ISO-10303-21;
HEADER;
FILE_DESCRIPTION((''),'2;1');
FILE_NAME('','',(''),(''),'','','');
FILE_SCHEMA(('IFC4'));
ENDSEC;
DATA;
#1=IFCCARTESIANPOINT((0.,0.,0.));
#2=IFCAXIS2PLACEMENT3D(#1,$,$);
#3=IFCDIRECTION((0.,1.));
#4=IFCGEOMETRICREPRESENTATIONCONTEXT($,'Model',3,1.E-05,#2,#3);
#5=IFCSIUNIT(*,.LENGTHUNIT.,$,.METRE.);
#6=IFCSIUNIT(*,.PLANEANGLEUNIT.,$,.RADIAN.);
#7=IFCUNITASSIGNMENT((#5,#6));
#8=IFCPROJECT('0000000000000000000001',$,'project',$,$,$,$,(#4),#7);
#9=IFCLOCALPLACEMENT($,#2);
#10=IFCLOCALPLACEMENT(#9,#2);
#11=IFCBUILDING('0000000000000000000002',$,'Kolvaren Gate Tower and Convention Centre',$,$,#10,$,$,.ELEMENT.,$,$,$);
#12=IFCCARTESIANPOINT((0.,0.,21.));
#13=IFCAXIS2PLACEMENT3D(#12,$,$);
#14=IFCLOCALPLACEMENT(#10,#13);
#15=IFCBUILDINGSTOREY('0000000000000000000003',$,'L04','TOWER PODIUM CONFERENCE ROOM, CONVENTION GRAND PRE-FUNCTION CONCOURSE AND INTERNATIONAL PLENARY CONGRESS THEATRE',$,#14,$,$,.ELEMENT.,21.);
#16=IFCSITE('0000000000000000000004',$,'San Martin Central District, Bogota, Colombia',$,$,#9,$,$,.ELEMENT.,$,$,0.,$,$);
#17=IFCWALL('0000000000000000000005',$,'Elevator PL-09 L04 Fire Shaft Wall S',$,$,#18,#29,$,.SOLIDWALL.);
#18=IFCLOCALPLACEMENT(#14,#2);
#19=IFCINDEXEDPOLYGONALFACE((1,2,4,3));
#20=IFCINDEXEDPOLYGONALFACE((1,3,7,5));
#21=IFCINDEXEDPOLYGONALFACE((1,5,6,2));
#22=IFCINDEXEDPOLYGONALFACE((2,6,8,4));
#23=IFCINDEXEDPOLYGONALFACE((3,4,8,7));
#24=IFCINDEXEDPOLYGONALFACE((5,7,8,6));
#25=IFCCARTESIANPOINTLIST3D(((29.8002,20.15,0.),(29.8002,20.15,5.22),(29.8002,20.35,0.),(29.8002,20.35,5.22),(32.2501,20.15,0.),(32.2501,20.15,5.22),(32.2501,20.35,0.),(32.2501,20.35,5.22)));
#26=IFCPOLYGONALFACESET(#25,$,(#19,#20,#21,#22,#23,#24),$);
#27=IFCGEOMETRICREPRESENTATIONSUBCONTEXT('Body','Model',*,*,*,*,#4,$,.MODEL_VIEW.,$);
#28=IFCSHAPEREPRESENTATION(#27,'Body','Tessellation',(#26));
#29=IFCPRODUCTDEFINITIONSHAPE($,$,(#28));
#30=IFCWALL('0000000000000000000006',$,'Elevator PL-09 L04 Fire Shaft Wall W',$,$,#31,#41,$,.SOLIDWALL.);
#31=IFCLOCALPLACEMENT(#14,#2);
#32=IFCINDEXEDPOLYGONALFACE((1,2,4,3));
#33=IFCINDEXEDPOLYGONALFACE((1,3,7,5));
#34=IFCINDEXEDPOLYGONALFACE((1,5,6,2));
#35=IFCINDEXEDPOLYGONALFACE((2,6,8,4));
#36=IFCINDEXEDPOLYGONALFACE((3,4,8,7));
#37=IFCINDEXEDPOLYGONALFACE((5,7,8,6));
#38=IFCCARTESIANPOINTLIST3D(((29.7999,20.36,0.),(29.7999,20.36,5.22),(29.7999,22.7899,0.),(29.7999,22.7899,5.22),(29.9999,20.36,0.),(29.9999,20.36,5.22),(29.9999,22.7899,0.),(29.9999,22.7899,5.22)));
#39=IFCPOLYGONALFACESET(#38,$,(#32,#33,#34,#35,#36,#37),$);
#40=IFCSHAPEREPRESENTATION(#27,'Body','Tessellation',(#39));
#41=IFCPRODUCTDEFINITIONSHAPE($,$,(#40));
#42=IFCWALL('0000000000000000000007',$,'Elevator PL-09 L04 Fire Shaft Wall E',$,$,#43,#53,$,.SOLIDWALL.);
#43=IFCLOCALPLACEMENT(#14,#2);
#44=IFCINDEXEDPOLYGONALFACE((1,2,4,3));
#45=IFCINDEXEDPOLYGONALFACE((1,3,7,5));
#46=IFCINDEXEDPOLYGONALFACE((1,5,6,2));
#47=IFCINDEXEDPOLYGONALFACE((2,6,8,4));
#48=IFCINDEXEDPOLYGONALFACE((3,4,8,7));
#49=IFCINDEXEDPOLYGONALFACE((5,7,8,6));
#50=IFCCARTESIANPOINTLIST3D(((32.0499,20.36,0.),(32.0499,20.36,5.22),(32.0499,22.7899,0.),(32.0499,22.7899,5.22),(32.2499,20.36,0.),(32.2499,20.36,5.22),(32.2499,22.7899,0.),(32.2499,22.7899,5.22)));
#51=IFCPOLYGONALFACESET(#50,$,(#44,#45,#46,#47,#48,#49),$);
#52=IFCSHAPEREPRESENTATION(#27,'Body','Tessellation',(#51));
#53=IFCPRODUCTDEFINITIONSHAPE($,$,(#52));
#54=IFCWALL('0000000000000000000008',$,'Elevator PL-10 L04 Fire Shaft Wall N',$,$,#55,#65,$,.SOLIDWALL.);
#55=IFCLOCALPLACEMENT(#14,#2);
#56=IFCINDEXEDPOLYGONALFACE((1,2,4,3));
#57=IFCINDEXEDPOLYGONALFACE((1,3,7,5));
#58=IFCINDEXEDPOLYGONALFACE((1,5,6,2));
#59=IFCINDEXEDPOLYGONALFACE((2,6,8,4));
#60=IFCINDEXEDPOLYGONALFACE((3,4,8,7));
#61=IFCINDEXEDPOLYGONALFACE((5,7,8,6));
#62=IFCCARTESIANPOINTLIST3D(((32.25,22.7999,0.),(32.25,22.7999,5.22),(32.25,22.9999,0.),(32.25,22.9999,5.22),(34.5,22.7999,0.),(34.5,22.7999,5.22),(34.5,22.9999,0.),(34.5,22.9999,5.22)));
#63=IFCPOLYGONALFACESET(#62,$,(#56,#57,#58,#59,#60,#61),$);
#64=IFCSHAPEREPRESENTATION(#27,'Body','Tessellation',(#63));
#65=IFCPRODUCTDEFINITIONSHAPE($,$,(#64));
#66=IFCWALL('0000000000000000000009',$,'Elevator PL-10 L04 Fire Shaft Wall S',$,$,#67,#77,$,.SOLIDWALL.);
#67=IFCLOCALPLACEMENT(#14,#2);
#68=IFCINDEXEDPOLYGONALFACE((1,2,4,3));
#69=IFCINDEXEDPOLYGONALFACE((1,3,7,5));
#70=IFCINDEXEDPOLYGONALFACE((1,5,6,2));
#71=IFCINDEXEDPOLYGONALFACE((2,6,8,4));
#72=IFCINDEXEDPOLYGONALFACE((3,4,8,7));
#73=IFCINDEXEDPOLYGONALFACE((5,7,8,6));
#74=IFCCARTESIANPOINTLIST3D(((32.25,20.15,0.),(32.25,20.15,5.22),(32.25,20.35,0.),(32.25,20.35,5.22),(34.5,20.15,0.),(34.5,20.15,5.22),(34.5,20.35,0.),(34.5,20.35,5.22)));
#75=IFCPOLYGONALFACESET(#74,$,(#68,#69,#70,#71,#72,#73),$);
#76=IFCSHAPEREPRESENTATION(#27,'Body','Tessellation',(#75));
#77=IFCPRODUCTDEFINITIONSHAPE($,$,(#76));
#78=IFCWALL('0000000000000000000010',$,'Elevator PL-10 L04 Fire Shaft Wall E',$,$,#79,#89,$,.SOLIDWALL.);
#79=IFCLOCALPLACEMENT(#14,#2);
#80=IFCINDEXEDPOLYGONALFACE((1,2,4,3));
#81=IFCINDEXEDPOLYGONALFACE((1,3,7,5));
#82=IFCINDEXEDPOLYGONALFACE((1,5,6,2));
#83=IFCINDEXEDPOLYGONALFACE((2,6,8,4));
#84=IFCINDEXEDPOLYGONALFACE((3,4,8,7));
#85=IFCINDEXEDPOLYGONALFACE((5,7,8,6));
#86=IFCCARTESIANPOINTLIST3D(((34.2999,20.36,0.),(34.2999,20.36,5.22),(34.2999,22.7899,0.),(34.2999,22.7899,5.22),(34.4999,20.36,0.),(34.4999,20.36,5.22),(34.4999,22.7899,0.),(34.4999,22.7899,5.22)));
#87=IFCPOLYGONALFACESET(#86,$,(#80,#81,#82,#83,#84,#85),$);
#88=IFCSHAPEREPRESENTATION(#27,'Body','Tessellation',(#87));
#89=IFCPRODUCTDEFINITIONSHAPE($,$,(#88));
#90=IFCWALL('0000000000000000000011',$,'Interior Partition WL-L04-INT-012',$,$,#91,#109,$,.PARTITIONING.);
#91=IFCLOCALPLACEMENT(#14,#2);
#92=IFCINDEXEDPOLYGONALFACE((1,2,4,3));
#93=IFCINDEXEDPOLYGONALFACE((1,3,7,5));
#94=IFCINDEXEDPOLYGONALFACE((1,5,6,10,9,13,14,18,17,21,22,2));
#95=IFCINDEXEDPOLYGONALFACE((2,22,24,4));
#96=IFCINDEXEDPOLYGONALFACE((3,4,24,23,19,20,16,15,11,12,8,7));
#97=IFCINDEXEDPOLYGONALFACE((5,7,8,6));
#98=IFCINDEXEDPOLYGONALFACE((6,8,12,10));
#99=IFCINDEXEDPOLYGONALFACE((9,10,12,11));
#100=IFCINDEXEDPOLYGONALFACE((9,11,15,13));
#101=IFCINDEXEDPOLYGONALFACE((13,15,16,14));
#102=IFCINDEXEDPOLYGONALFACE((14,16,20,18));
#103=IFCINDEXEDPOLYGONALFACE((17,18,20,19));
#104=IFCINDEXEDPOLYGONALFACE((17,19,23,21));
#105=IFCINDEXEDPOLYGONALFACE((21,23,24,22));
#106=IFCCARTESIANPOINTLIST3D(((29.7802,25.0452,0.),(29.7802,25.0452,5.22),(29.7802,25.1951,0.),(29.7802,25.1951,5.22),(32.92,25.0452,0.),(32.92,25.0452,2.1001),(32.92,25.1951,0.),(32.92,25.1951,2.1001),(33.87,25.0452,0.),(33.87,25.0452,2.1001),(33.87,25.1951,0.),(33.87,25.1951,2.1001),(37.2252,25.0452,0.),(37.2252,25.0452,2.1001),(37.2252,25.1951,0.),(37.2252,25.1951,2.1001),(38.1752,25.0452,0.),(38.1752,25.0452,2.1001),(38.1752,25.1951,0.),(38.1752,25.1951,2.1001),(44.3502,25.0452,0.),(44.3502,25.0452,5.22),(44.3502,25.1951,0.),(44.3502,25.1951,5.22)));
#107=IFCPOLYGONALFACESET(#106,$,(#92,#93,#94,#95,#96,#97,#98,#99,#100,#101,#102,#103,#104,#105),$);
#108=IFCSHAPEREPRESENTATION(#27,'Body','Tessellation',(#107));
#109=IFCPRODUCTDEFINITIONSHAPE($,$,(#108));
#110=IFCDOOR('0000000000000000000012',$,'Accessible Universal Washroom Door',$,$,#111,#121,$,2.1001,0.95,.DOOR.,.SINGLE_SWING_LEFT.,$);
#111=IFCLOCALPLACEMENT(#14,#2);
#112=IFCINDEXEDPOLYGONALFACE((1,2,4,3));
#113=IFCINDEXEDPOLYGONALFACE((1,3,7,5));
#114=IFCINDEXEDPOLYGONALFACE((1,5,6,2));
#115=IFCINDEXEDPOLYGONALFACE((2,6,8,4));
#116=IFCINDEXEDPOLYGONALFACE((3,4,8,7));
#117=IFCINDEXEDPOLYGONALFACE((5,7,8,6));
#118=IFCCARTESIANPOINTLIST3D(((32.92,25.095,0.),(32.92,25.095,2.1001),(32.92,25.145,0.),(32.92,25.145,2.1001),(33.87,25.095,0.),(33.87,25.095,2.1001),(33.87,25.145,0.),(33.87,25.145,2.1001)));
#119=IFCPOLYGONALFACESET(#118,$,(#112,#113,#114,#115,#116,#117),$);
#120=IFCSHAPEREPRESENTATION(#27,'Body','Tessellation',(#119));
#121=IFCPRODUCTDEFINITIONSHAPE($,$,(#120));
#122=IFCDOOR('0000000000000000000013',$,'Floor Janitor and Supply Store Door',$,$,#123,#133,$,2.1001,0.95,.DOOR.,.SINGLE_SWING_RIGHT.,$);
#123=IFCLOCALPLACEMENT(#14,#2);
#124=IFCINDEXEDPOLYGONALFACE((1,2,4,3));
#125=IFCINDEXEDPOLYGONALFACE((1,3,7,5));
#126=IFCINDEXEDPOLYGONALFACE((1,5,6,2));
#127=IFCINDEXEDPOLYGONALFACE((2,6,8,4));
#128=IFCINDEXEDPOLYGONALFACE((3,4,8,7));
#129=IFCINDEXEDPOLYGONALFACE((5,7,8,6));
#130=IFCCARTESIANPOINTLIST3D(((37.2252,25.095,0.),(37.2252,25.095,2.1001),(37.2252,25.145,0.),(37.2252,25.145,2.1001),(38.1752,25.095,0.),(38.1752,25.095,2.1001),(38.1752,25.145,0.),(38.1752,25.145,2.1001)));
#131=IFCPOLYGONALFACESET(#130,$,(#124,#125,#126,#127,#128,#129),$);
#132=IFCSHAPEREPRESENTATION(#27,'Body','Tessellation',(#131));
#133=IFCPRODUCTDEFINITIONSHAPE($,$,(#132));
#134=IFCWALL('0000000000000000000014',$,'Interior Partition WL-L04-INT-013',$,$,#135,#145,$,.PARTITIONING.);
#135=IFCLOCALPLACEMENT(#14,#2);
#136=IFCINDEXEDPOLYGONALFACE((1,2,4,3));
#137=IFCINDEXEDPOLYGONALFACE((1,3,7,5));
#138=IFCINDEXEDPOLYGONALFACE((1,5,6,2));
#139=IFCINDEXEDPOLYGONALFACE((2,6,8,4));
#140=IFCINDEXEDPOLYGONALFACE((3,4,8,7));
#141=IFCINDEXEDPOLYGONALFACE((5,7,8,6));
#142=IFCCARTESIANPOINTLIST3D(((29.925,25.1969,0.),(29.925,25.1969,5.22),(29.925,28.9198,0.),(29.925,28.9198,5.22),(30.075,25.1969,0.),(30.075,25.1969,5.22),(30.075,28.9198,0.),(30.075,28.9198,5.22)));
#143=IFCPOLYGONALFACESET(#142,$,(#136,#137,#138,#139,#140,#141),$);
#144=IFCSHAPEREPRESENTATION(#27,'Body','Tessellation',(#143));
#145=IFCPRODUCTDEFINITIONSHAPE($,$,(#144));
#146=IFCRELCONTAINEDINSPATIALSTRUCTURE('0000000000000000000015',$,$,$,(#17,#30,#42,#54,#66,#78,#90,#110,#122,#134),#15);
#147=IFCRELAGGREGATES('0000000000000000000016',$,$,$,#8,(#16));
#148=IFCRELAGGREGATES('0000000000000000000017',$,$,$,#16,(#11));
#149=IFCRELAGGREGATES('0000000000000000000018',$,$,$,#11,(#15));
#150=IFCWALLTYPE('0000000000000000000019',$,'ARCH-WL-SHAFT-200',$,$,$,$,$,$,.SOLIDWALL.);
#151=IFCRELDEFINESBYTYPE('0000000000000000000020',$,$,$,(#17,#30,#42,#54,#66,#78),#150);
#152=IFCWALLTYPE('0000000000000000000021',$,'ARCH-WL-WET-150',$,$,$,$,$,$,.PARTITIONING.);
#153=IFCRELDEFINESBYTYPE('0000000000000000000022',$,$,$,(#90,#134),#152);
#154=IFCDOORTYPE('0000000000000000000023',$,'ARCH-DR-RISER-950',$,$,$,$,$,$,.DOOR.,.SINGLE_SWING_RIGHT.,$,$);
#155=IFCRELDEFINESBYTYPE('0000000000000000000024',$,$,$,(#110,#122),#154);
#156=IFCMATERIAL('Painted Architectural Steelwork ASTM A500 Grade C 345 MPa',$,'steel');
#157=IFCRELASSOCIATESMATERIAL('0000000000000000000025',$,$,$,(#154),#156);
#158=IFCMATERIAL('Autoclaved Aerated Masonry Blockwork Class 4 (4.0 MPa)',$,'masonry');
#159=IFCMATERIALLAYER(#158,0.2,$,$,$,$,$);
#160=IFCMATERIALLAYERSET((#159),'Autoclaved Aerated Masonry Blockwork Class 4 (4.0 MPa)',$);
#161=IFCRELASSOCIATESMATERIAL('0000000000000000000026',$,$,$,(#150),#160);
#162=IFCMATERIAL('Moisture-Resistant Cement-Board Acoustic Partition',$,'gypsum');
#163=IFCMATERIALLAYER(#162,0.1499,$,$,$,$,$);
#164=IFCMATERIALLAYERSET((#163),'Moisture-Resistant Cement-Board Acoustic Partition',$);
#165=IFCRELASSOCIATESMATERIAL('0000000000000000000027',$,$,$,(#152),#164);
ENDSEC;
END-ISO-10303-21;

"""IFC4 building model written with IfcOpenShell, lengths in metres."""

from ifc_helpers import new_model, si_unit, direction, frame, frame_2d, origin, place, context, subcontext, project, spatial, rectangle, extrude, material, layer, layer_set, type_object, element, fill, save


model = new_model("IFC4")

# Units and contexts
model_context = context("Model", 3, precision=1e-05, world=origin(), true_north=direction((0.0, 1.0)))
body_context = subcontext(model_context, "Body", "Model", "MODEL_VIEW")
ifc_project = project(units=[si_unit("LENGTHUNIT", "METRE"), si_unit("PLANEANGLEUNIT", "RADIAN")], contexts=[model_context])

# Site, building, storey
site_placement = place(None, origin())
site = spatial("IfcSite", under=ifc_project, at=site_placement, Name="San Martin Central District, Bogota, Colombia", CompositionType="ELEMENT", RefElevation=0.0)
building_placement = place(site_placement, origin())
building = spatial("IfcBuilding", under=site, at=building_placement, Name="Kolvaren Gate Tower and Convention Centre", CompositionType="ELEMENT")
storey_placement = place(building_placement, frame((0.0, 0.0, 21.0)))
storey = spatial("IfcBuildingStorey", under=building, at=storey_placement, Name="L04", Description="TOWER PODIUM CONFERENCE ROOM, CONVENTION GRAND PRE-FUNCTION CONCOURSE AND INTERNATIONAL PLENARY CONGRESS THEATRE", CompositionType="ELEMENT", Elevation=21.0)

# Shared definitions
ifc_material_1 = material(Name="Autoclaved Aerated Masonry Blockwork Class 4 (4.0 MPa)", Category="masonry")
ifc_material_2 = material(Name="Painted Architectural Steelwork ASTM A500 Grade C 345 MPa", Category="steel")
door_type_1 = type_object("IfcDoorType", Name="ARCH-DR-RISER-950", OperationType="SINGLE_SWING_RIGHT", PredefinedType="DOOR", material=ifc_material_2)

# Walls
ifc_layer_1 = layer(ifc_material_1, 0.2)
ifc_layer_set_1 = layer_set([ifc_layer_1], Name="Autoclaved Aerated Masonry Blockwork Class 4 (4.0 MPa)")
wall_type_1 = type_object("IfcWallType", Name="ARCH-WL-SHAFT-200", PredefinedType="SOLIDWALL", material=ifc_layer_set_1)
for number, where, z_axis, x_axis, name in (
    (1, (29.8, 20.25, 0.0), (0.0, 0.0, 1.0), (1.0, 0.0, 0.0), "Elevator PL-09 L04 Fire Shaft Wall S"),
):
    element("IfcWall", number, at=place(storey_placement, frame(where, z_axis=z_axis, x_axis=x_axis)), inside=storey, type_object=wall_type_1, Name=name, PredefinedType="SOLIDWALL", context=body_context, shape_type="SweptSolid", body=[
        extrude(rectangle(XDim=2.45, YDim=0.2, at=frame_2d((1.2251, 0.0))), origin(), (0.0, 0.0, 1.0), 5.22),
    ])
for number, where, z_axis, x_axis, name in (
    (2, (29.8999, 20.3601, 0.0), (0.0, 0.0, 1.0), (0.0, 1.0, 0.0), "Elevator PL-09 L04 Fire Shaft Wall W"),
    (3, (32.1499, 20.3601, 0.0), (0.0, 0.0, 1.0), (0.0, 1.0, 0.0), "Elevator PL-09 L04 Fire Shaft Wall E"),
):
    element("IfcWall", number, at=place(storey_placement, frame(where, z_axis=z_axis, x_axis=x_axis)), inside=storey, type_object=wall_type_1, Name=name, PredefinedType="SOLIDWALL", context=body_context, shape_type="SweptSolid", body=[
        extrude(rectangle(XDim=2.4299, YDim=0.2, at=frame_2d((1.2148, 0.0))), origin(), (0.0, 0.0, 1.0), 5.22),
    ])
for number, where, z_axis, x_axis, name in (
    (4, (32.25, 22.8999, 0.0), (0.0, 0.0, 1.0), (1.0, 0.0, 0.0), "Elevator PL-10 L04 Fire Shaft Wall N"),
    (5, (32.25, 20.25, 0.0), (0.0, 0.0, 1.0), (1.0, 0.0, 0.0), "Elevator PL-10 L04 Fire Shaft Wall S"),
):
    element("IfcWall", number, at=place(storey_placement, frame(where, z_axis=z_axis, x_axis=x_axis)), inside=storey, type_object=wall_type_1, Name=name, PredefinedType="SOLIDWALL", context=body_context, shape_type="SweptSolid", body=[
        extrude(rectangle(XDim=2.25, YDim=0.2, at=frame_2d((1.125, 0.0))), origin(), (0.0, 0.0, 1.0), 5.22),
    ])
wall_1_placement = place(storey_placement, frame((34.3999, 20.3601, 0.0), z_axis=(0.0, 0.0, 1.0), x_axis=(0.0, 1.0, 0.0)))
element("IfcWall", 6, at=wall_1_placement, inside=storey, type_object=wall_type_1, Name="Elevator PL-10 L04 Fire Shaft Wall E", PredefinedType="SOLIDWALL", context=body_context, shape_type="SweptSolid", body=[
    extrude(rectangle(XDim=2.4299, YDim=0.2, at=frame_2d((1.2148, 0.0))), origin(), (0.0, 0.0, 1.0), 5.22),
])

# Wall, openings, doors
ifc_material_3 = material(Name="Moisture-Resistant Cement-Board Acoustic Partition", Category="gypsum")
ifc_layer_2 = layer(ifc_material_3, 0.1499)
ifc_layer_set_2 = layer_set([ifc_layer_2], Name="Moisture-Resistant Cement-Board Acoustic Partition")
wall_type_2 = type_object("IfcWallType", Name="ARCH-WL-WET-150", PredefinedType="PARTITIONING", material=ifc_layer_set_2)
wall_2_placement = place(storey_placement, frame((29.78, 25.1201, 0.0), z_axis=(0.0, 0.0, 1.0), x_axis=(1.0, 0.0, 0.0)))
wall_2 = element("IfcWall", 7, at=wall_2_placement, inside=storey, type_object=wall_type_2, Name="Interior Partition WL-L04-INT-012", PredefinedType="PARTITIONING", context=body_context, shape_type="SweptSolid", body=[
    extrude(rectangle(XDim=14.5701, YDim=0.1499, at=frame_2d((7.2852, 0.0))), origin(), (0.0, 0.0, 1.0), 5.22),
])
opening_1_placement = place(wall_2_placement, frame((3.1399, 0.0, 0.0)))
opening_1 = element("IfcOpeningElement", 8, at=opening_1_placement, cuts=wall_2, PredefinedType="OPENING", context=body_context, shape_type="SweptSolid", body=[
    extrude(rectangle(XDim=0.95, YDim=2.1001, at=frame_2d((0.4751, 1.05))), frame((0.0, 0.085, 0.0), z_axis=(0.0, -1.0, 0.0), x_axis=(1.0, 0.0, 0.0)), (0.0, 0.0, 1.0), 0.1699),
])
opening_2_placement = place(wall_2_placement, frame((7.4451, 0.0, 0.0)))
opening_2 = element("IfcOpeningElement", 9, at=opening_2_placement, cuts=wall_2, PredefinedType="OPENING", context=body_context, shape_type="SweptSolid", body=[
    extrude(rectangle(XDim=0.95, YDim=2.1001, at=frame_2d((0.4751, 1.05))), frame((0.0, 0.085, 0.0), z_axis=(0.0, -1.0, 0.0), x_axis=(1.0, 0.0, 0.0)), (0.0, 0.0, 1.0), 0.1699),
])
door_1_placement = place(opening_1_placement, origin())
door_1 = element("IfcDoor", 10, at=door_1_placement, inside=storey, type_object=door_type_1, Name="Accessible Universal Washroom Door", OperationType="SINGLE_SWING_LEFT", OverallHeight=2.1001, OverallWidth=0.95, PredefinedType="DOOR", context=body_context, shape_type="SweptSolid", body=[
    extrude(rectangle(XDim=0.95, YDim=2.1001, at=frame_2d((0.4751, 1.05))), frame((0.0, 0.0249, 0.0), z_axis=(0.0, -1.0, 0.0), x_axis=(1.0, 0.0, 0.0)), (0.0, 0.0, 1.0), 0.05),
])
fill(opening_1, door_1)
door_2_placement = place(opening_2_placement, origin())
door_2 = element("IfcDoor", 11, at=door_2_placement, inside=storey, type_object=door_type_1, Name="Floor Janitor and Supply Store Door", OperationType="SINGLE_SWING_RIGHT", OverallHeight=2.1001, OverallWidth=0.95, PredefinedType="DOOR", context=body_context, shape_type="SweptSolid", body=[
    extrude(rectangle(XDim=0.95, YDim=2.1001, at=frame_2d((0.4751, 1.05))), frame((0.0, 0.0249, 0.0), z_axis=(0.0, -1.0, 0.0), x_axis=(1.0, 0.0, 0.0)), (0.0, 0.0, 1.0), 0.05),
])
fill(opening_2, door_2)

# Wall
wall_3_placement = place(storey_placement, frame((30.0, 25.197, 0.0), z_axis=(0.0, 0.0, 1.0), x_axis=(0.0, 1.0, 0.0)))
element("IfcWall", 12, at=wall_3_placement, inside=storey, type_object=wall_type_2, Name="Interior Partition WL-L04-INT-013", PredefinedType="PARTITIONING", context=body_context, shape_type="SweptSolid", body=[
    extrude(rectangle(XDim=3.7229, YDim=0.1499, at=frame_2d((1.8613, 0.0))), origin(), (0.0, 0.0, 1.0), 5.22),
])

save(model, "model.ifc")
